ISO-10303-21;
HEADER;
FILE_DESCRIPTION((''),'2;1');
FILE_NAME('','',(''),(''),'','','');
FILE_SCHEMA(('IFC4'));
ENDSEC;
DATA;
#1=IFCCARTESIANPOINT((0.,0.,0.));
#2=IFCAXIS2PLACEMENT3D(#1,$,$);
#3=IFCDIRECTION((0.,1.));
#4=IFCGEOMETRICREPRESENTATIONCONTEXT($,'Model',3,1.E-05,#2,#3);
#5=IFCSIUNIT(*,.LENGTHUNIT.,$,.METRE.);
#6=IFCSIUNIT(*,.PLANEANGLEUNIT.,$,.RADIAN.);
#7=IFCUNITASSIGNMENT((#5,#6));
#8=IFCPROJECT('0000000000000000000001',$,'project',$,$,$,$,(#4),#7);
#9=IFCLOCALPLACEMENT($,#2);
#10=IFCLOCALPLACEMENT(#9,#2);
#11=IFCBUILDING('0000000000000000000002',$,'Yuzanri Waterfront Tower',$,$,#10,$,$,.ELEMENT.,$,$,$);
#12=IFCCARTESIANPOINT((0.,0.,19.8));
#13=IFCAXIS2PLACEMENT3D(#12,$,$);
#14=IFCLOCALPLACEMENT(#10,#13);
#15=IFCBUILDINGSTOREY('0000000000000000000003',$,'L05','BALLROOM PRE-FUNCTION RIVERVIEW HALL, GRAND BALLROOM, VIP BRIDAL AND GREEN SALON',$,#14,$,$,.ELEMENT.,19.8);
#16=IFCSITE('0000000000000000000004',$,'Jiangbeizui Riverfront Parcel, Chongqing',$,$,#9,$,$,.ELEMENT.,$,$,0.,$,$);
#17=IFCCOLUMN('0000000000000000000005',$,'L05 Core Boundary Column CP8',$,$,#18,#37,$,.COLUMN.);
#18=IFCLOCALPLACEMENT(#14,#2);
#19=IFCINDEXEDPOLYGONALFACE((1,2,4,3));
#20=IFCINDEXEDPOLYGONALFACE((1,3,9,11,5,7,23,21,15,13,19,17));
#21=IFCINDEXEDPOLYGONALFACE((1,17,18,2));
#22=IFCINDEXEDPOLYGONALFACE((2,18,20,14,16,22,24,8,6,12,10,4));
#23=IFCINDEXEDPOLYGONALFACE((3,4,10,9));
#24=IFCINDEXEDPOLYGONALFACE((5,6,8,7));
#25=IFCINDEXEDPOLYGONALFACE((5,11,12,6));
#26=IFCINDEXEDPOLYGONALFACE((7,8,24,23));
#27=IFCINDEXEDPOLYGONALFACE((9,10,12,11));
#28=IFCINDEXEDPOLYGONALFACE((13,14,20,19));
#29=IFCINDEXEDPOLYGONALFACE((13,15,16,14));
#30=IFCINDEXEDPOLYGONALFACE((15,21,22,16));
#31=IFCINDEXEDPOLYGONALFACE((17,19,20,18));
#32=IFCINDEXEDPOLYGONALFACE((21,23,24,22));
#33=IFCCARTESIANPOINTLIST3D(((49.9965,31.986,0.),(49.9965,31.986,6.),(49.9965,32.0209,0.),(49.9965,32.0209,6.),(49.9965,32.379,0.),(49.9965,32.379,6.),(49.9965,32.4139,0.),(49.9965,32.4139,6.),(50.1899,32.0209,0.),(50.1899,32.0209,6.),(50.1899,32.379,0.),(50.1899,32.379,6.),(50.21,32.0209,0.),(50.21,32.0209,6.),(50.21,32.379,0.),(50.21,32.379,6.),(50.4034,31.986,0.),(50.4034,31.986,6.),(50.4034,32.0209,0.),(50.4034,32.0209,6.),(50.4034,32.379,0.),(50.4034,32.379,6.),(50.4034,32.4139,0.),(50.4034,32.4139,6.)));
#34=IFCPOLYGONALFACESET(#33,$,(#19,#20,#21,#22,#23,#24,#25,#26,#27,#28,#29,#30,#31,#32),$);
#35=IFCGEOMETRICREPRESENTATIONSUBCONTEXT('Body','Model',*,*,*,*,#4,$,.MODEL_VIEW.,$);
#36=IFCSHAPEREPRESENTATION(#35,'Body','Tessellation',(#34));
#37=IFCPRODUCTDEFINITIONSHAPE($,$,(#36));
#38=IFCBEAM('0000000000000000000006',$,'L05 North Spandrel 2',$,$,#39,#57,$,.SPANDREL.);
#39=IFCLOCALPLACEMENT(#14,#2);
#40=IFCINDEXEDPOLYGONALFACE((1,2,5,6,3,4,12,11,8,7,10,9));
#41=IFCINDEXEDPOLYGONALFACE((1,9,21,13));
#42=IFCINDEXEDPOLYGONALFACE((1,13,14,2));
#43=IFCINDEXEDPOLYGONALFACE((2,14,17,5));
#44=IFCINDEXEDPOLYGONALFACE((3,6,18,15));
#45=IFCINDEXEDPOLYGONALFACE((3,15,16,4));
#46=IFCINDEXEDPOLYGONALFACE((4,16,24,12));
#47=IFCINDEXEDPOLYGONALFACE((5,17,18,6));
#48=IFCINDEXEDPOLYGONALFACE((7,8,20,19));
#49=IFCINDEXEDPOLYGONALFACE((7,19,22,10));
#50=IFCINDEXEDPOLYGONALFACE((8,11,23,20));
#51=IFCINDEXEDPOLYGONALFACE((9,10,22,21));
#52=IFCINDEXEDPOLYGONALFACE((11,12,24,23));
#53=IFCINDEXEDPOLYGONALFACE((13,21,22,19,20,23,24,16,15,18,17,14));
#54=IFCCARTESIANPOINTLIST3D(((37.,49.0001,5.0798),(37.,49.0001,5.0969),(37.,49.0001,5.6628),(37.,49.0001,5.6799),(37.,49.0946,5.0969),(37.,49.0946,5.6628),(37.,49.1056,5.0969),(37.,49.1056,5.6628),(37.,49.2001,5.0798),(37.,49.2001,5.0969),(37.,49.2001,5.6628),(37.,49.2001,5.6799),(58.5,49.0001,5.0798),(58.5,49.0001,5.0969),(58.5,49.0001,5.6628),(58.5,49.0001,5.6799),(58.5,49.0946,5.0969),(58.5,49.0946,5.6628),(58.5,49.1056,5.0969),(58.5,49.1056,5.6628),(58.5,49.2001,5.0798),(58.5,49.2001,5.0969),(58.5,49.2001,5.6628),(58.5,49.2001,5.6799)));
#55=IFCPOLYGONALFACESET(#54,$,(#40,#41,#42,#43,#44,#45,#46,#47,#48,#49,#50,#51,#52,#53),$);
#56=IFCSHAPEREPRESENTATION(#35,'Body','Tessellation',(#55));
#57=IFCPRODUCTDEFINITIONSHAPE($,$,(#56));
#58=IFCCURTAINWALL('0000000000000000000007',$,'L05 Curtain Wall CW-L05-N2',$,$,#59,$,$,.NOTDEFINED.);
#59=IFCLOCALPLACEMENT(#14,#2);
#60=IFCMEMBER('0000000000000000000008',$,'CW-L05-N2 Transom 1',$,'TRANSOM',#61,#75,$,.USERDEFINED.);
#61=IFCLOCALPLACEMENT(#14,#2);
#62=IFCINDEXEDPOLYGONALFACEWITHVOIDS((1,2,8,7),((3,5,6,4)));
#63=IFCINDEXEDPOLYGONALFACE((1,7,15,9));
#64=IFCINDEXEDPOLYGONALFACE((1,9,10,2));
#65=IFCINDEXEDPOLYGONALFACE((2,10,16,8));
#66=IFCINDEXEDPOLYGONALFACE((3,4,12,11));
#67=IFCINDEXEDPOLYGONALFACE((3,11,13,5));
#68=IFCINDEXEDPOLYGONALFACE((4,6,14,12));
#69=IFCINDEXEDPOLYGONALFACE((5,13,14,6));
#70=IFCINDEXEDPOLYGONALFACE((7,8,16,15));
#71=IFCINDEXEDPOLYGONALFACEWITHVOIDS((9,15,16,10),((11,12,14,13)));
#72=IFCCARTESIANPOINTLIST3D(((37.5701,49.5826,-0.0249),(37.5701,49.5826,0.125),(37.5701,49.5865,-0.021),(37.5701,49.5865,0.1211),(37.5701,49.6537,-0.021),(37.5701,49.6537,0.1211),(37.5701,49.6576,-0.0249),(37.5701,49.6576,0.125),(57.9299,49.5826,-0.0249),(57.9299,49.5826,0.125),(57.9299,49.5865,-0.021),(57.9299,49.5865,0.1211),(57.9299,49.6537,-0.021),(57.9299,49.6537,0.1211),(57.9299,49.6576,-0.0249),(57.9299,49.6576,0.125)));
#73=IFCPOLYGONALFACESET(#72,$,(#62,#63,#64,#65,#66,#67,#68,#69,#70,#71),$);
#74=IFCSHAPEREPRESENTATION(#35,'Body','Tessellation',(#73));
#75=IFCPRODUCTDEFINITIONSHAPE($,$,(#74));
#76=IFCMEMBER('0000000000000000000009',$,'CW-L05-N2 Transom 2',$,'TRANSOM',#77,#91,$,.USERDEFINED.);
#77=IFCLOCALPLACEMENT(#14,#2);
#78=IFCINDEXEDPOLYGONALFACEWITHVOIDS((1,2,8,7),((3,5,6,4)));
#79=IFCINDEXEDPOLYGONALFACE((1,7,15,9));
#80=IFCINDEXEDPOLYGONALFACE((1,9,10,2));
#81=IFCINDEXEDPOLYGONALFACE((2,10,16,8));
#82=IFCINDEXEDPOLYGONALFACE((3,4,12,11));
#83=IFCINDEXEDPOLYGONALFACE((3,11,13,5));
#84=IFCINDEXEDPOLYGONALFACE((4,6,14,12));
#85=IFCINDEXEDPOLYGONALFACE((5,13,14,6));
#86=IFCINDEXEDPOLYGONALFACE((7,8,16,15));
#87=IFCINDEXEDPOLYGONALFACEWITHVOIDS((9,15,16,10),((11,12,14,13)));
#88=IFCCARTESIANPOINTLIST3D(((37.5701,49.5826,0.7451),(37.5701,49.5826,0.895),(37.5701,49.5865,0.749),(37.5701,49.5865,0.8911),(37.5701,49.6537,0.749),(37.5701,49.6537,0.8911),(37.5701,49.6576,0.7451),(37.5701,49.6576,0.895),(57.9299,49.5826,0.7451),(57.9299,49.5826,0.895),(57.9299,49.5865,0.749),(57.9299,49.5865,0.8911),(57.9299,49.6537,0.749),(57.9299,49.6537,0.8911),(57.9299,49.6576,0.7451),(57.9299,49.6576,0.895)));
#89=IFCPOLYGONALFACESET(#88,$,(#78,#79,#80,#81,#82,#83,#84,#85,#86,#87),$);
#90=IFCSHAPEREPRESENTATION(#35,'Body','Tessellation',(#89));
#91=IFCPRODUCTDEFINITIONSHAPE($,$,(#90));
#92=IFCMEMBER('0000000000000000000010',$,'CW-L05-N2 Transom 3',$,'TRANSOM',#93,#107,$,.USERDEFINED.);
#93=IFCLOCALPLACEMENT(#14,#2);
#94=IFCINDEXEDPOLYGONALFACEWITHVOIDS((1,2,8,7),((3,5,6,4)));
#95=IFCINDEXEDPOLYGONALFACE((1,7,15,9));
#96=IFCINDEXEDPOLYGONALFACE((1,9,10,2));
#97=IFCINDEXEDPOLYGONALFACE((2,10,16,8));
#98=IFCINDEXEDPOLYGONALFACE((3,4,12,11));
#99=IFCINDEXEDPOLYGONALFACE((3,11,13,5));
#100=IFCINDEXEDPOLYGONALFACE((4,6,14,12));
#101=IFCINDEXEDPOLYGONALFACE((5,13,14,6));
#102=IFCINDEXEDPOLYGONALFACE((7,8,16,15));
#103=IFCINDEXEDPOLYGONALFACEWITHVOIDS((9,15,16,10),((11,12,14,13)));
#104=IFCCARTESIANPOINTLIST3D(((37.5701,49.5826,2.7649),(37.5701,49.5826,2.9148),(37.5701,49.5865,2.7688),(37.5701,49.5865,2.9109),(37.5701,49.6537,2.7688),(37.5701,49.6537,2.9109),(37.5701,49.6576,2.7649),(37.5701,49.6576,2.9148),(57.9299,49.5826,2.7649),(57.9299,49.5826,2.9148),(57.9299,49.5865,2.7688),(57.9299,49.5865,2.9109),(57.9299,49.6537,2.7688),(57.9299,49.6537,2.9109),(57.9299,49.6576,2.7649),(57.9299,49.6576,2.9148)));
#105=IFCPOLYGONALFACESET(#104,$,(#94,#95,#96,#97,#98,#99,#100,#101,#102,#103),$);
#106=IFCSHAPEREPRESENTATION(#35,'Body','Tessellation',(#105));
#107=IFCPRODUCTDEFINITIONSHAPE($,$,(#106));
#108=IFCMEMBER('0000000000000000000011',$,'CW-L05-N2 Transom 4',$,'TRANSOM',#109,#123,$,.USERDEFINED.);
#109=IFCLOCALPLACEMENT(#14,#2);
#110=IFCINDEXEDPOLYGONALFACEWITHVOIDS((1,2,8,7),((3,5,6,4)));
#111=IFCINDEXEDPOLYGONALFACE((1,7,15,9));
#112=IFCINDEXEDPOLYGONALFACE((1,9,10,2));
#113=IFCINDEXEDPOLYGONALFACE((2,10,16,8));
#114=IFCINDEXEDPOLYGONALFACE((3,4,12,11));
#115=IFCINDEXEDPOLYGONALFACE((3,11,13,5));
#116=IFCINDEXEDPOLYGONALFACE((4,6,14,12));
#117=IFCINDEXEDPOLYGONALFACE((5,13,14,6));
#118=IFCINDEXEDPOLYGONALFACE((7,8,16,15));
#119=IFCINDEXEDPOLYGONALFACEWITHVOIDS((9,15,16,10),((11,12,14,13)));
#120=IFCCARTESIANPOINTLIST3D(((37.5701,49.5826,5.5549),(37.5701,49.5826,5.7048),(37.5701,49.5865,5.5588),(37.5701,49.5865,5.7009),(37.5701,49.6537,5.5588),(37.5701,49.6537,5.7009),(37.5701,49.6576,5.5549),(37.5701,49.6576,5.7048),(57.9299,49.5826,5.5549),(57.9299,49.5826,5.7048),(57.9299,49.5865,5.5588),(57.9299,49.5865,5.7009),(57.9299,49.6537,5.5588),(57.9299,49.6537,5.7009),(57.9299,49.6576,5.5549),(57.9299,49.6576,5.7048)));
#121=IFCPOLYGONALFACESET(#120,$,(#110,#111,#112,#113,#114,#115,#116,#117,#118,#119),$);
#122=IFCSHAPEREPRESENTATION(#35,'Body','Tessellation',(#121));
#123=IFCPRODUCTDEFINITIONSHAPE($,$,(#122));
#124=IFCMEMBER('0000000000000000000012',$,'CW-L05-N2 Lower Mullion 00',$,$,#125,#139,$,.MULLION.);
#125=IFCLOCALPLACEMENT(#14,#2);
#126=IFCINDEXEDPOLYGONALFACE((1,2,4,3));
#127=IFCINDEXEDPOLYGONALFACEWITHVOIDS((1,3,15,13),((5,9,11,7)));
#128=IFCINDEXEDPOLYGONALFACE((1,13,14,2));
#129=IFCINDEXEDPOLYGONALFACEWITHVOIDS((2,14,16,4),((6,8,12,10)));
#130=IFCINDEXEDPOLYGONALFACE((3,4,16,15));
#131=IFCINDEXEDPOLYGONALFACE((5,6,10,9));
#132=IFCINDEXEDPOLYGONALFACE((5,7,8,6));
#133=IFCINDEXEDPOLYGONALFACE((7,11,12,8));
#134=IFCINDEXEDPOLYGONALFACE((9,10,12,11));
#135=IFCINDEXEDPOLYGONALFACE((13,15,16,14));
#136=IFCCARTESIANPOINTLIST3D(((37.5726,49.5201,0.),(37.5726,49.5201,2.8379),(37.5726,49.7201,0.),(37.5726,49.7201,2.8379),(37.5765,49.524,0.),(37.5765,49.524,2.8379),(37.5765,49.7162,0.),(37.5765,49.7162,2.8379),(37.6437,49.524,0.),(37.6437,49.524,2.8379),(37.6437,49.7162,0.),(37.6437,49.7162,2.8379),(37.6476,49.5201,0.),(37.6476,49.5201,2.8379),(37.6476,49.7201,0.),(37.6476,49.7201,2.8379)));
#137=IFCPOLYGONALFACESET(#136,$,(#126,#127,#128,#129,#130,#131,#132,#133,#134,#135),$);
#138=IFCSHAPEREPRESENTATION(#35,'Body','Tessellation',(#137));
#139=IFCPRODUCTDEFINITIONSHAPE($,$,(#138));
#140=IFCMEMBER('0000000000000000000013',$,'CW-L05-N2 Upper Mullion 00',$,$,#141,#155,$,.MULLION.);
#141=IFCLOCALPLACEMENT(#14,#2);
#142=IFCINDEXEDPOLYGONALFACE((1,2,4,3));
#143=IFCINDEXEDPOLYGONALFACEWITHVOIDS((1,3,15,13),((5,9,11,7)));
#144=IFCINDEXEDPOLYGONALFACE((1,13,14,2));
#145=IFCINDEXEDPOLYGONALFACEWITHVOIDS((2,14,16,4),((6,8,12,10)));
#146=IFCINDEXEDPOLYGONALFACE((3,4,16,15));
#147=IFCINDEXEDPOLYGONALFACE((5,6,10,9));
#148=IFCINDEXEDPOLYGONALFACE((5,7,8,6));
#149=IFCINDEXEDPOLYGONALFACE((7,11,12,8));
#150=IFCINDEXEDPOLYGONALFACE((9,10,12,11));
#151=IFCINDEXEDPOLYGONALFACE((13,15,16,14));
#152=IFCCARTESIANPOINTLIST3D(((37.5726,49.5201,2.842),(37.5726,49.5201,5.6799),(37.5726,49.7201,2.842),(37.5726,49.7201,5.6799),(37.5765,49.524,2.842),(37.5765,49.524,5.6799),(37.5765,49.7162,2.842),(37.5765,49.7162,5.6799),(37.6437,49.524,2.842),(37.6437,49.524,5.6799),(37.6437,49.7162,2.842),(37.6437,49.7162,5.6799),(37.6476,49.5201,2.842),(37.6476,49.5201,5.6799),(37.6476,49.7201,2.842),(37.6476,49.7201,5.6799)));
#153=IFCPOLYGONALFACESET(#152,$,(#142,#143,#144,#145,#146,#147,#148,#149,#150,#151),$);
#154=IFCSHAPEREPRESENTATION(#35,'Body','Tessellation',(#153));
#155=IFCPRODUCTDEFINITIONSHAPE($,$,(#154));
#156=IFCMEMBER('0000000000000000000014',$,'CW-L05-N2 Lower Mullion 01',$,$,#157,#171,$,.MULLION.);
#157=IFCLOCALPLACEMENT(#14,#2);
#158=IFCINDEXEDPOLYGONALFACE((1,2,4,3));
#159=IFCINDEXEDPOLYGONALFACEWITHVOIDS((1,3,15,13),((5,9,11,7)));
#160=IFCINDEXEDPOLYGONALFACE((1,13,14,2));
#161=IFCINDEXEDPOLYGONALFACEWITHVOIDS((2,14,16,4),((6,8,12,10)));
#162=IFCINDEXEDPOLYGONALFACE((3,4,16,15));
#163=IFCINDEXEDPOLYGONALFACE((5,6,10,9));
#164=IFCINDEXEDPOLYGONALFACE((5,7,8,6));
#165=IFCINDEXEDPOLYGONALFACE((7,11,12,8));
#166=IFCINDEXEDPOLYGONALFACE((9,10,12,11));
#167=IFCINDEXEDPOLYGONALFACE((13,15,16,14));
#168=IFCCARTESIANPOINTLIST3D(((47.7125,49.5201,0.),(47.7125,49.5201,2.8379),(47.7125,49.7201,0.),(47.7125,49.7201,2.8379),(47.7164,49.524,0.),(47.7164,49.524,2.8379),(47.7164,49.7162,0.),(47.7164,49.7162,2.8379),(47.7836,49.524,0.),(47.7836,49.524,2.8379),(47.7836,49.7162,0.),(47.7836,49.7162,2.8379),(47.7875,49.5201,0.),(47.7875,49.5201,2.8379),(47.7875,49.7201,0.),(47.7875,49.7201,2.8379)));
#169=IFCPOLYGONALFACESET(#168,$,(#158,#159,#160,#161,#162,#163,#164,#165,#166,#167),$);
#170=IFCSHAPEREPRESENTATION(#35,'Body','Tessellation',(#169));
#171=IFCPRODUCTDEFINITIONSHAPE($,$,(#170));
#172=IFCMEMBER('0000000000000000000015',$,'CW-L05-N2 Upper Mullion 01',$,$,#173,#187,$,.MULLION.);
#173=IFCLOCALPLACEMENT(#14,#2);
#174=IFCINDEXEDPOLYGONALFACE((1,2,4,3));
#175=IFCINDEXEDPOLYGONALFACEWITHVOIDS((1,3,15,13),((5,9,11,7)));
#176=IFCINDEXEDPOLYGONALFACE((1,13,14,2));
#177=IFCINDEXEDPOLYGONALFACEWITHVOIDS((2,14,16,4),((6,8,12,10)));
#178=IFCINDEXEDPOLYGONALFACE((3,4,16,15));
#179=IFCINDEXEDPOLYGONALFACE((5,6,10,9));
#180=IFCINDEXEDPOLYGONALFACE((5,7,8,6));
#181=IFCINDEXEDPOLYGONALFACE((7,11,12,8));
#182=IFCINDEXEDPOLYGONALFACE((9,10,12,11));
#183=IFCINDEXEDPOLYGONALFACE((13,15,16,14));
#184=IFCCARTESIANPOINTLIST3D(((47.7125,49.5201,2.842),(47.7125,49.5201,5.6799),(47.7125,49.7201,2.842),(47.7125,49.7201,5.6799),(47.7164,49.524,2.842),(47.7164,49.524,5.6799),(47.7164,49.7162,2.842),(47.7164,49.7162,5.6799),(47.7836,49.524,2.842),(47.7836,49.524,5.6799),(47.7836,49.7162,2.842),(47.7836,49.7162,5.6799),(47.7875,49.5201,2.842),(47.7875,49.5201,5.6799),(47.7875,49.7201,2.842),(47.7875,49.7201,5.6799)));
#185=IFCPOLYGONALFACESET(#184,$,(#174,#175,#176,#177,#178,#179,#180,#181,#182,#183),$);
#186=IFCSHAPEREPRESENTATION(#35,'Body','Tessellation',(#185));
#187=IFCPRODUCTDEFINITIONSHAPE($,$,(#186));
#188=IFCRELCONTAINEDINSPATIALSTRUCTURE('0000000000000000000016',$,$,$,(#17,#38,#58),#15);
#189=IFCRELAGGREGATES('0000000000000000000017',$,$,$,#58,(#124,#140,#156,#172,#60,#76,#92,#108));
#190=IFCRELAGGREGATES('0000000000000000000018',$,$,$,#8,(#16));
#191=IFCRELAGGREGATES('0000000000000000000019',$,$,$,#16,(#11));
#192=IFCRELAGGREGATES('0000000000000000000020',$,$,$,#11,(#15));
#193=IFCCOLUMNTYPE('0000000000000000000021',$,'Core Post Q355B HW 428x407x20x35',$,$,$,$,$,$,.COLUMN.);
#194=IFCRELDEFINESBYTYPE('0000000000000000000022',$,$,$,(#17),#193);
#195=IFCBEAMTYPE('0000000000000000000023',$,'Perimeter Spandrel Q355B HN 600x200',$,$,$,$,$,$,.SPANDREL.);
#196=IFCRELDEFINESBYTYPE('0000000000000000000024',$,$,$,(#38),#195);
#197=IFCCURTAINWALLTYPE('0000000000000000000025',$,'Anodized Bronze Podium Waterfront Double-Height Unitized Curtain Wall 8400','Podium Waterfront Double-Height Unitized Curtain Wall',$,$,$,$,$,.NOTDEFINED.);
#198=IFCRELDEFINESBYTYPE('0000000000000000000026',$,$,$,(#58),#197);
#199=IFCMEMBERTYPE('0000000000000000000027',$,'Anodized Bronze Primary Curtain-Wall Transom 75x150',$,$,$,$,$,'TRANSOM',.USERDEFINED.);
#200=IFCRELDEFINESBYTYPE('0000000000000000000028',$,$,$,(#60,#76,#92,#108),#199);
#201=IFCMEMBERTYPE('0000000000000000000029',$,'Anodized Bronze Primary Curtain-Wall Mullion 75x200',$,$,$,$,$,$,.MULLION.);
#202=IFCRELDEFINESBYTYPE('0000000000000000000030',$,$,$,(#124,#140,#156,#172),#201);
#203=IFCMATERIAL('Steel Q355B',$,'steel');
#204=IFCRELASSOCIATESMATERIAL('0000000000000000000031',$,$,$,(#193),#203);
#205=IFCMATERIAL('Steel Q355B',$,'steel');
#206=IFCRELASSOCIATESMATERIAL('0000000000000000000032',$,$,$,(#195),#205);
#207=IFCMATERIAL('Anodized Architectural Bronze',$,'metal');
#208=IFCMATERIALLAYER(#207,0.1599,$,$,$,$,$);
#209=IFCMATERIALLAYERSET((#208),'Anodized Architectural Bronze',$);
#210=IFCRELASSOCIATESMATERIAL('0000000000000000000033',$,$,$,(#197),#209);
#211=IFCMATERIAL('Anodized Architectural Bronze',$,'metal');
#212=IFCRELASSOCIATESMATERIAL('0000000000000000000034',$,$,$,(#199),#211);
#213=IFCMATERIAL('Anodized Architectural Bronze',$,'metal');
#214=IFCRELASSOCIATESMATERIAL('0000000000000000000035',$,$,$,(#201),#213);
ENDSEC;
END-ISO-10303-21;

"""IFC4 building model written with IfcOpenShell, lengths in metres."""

from ifc_helpers import new_model, si_unit, direction, frame, origin, origin_2d, place, context, subcontext, project, spatial, hollow_rectangle, i_section, extrude, source, transform, mapped, material, layer, layer_set, material_profile, profile_set, type_object, element, aggregate, save


model = new_model("IFC4")

# Units and contexts
model_context = context("Model", 3, precision=1e-05, world=origin(), true_north=direction((0.0, 1.0)))
body_context = subcontext(model_context, "Body", "Model", "MODEL_VIEW")
ifc_project = project(units=[si_unit("LENGTHUNIT", "METRE"), si_unit("PLANEANGLEUNIT", "RADIAN")], contexts=[model_context])

# Site, building, storey
site_placement = place(None, origin())
site = spatial("IfcSite", under=ifc_project, at=site_placement, Name="Jiangbeizui Riverfront Parcel, Chongqing", CompositionType="ELEMENT", RefElevation=0.0)
building_placement = place(site_placement, origin())
building = spatial("IfcBuilding", under=site, at=building_placement, Name="Yuzanri Waterfront Tower", CompositionType="ELEMENT")
storey_placement = place(building_placement, frame((0.0, 0.0, 19.8)))
storey = spatial("IfcBuildingStorey", under=building, at=storey_placement, Name="L05", Description="BALLROOM PRE-FUNCTION RIVERVIEW HALL, GRAND BALLROOM, VIP BRIDAL AND GREEN SALON", CompositionType="ELEMENT", Elevation=19.8)

# Column
ifc_material_1 = material(Name="Steel Q355B", Category="steel")
ifc_material_profile_1 = material_profile(ifc_material_1, i_section(OverallWidth=0.407, OverallDepth=0.428, WebThickness=0.02, FlangeThickness=0.0349, at=origin_2d()), Name="HW 428x407x20x35")
ifc_profile_set_1 = profile_set([ifc_material_profile_1], Name="Steel Q355B")
column_type = type_object("IfcColumnType", Name="Core Post Q355B HW 428x407x20x35", PredefinedType="COLUMN", material=ifc_profile_set_1)
shared_shape_1 = source(origin(), body_context, "Body", "SweptSolid", [
    extrude(i_section(OverallWidth=0.407, OverallDepth=0.428, WebThickness=0.02, FlangeThickness=0.0349, at=origin_2d()), origin(), (0.0, 0.0, 1.0), 6.0),
])
column_placement = place(storey_placement, frame((50.2, 32.2, 0.0), z_axis=(0.0, 0.0, 1.0), x_axis=(1.0, 0.0, 0.0)))
element("IfcColumn", 1, at=column_placement, inside=storey, type_object=column_type, Name="L05 Core Boundary Column CP8", PredefinedType="COLUMN", context=body_context, shape_type="MappedRepresentation", body=[
    mapped(shared_shape_1, transform((0.0, 0.0, 0.0), scale=1.0)),
])

# Beam
ifc_material_2 = material(Name="Steel Q355B", Category="steel")
ifc_material_profile_2 = material_profile(ifc_material_2, i_section(OverallWidth=0.2, OverallDepth=0.6001, WebThickness=0.011, FlangeThickness=0.0171, at=origin_2d()), Name="HN 600x200x11x17")
ifc_profile_set_2 = profile_set([ifc_material_profile_2], Name="Steel Q355B")
beam_type = type_object("IfcBeamType", Name="Perimeter Spandrel Q355B HN 600x200", PredefinedType="SPANDREL", material=ifc_profile_set_2)
shared_shape_2 = source(origin(), body_context, "Body", "SweptSolid", [
    extrude(i_section(OverallWidth=0.2, OverallDepth=0.6001, WebThickness=0.011, FlangeThickness=0.0171, at=origin_2d()), origin(), (0.0, 0.0, 1.0), 21.5),
])
beam_placement = place(storey_placement, frame((37.0, 49.1001, 5.3799), z_axis=(1.0, 0.0, 0.0), x_axis=(0.0, 1.0, 0.0)))
element("IfcBeam", 2, at=beam_placement, inside=storey, type_object=beam_type, Name="L05 North Spandrel 2", PredefinedType="SPANDREL", context=body_context, shape_type="MappedRepresentation", body=[
    mapped(shared_shape_2, transform((0.0, 0.0, 0.0), scale=1.0)),
])

# Curtain wall, members
ifc_material_3 = material(Name="Anodized Architectural Bronze", Category="metal")
ifc_layer_1 = layer(ifc_material_3, 0.1599)
ifc_layer_set_1 = layer_set([ifc_layer_1], Name="Anodized Architectural Bronze")
curtain_wall_type = type_object("IfcCurtainWallType", Name="Anodized Bronze Podium Waterfront Double-Height Unitized Curtain Wall 8400", Description="Podium Waterfront Double-Height Unitized Curtain Wall", PredefinedType="NOTDEFINED", material=ifc_layer_set_1)
curtain_wall_placement = place(storey_placement, origin())
curtain_wall = element("IfcCurtainWall", 3, at=curtain_wall_placement, inside=storey, type_object=curtain_wall_type, Name="L05 Curtain Wall CW-L05-N2", PredefinedType="NOTDEFINED")
ifc_material_4 = material(Name="Anodized Architectural Bronze", Category="metal")
ifc_material_profile_3 = material_profile(ifc_material_4, hollow_rectangle(XDim=0.075, YDim=0.1499, WallThickness=0.0039, at=origin_2d()), Name="CWT 75x150")
ifc_profile_set_3 = profile_set([ifc_material_profile_3], Name="Anodized Architectural Bronze")
member_type_1 = type_object("IfcMemberType", Name="Anodized Bronze Primary Curtain-Wall Transom 75x150", ElementType="TRANSOM", PredefinedType="USERDEFINED", material=ifc_profile_set_3)
shared_shape_3 = source(origin(), body_context, "Body", "SweptSolid", [
    extrude(hollow_rectangle(XDim=0.075, YDim=0.1499, WallThickness=0.0039, at=origin_2d()), origin(), (0.0, 0.0, 1.0), 20.3599),
])
member_1_placement = place(storey_placement, frame((37.5701, 49.6201, 0.05), z_axis=(1.0, 0.0, 0.0), x_axis=(0.0, 1.0, 0.0)))
member_1 = element("IfcMember", 4, at=member_1_placement, type_object=member_type_1, Name="CW-L05-N2 Transom 1", ObjectType="TRANSOM", PredefinedType="USERDEFINED", context=body_context, shape_type="MappedRepresentation", body=[
    mapped(shared_shape_3, transform((0.0, 0.0, 0.0), scale=1.0)),
])
member_2_placement = place(storey_placement, frame((37.5701, 49.6201, 0.8201), z_axis=(1.0, 0.0, 0.0), x_axis=(0.0, 1.0, 0.0)))
member_2 = element("IfcMember", 5, at=member_2_placement, type_object=member_type_1, Name="CW-L05-N2 Transom 2", ObjectType="TRANSOM", PredefinedType="USERDEFINED", context=body_context, shape_type="MappedRepresentation", body=[
    mapped(shared_shape_3, transform((0.0, 0.0, 0.0), scale=1.0)),
])
member_3_placement = place(storey_placement, frame((37.5701, 49.6201, 2.8398), z_axis=(1.0, 0.0, 0.0), x_axis=(0.0, 1.0, 0.0)))
member_3 = element("IfcMember", 6, at=member_3_placement, type_object=member_type_1, Name="CW-L05-N2 Transom 3", ObjectType="TRANSOM", PredefinedType="USERDEFINED", context=body_context, shape_type="MappedRepresentation", body=[
    mapped(shared_shape_3, transform((0.0, 0.0, 0.0), scale=1.0)),
])
member_4_placement = place(storey_placement, frame((37.5701, 49.6201, 5.6299), z_axis=(1.0, 0.0, 0.0), x_axis=(0.0, 1.0, 0.0)))
member_4 = element("IfcMember", 7, at=member_4_placement, type_object=member_type_1, Name="CW-L05-N2 Transom 4", ObjectType="TRANSOM", PredefinedType="USERDEFINED", context=body_context, shape_type="MappedRepresentation", body=[
    mapped(shared_shape_3, transform((0.0, 0.0, 0.0), scale=1.0)),
])
ifc_material_5 = material(Name="Anodized Architectural Bronze", Category="metal")
ifc_material_profile_4 = material_profile(ifc_material_5, hollow_rectangle(XDim=0.075, YDim=0.2, WallThickness=0.0039, at=origin_2d()), Name="CWM 75x200")
ifc_profile_set_4 = profile_set([ifc_material_profile_4], Name="Anodized Architectural Bronze")
member_type_2 = type_object("IfcMemberType", Name="Anodized Bronze Primary Curtain-Wall Mullion 75x200", PredefinedType="MULLION", material=ifc_profile_set_4)
shared_shape_4 = source(origin(), body_context, "Body", "SweptSolid", [
    extrude(hollow_rectangle(XDim=0.075, YDim=0.2, WallThickness=0.0039, at=origin_2d()), origin(), (0.0, 0.0, 1.0), 2.8379),
])
member_5_placement = place(storey_placement, frame((37.6101, 49.6201, 0.0), z_axis=(0.0, 0.0, 1.0), x_axis=(1.0, 0.0, 0.0)))
member_5 = element("IfcMember", 8, at=member_5_placement, type_object=member_type_2, Name="CW-L05-N2 Lower Mullion 00", PredefinedType="MULLION", context=body_context, shape_type="MappedRepresentation", body=[
    mapped(shared_shape_4, transform((0.0, 0.0, 0.0), scale=1.0)),
])
member_6_placement = place(storey_placement, frame((37.6101, 49.6201, 2.842), z_axis=(0.0, 0.0, 1.0), x_axis=(1.0, 0.0, 0.0)))
member_6 = element("IfcMember", 9, at=member_6_placement, type_object=member_type_2, Name="CW-L05-N2 Upper Mullion 00", PredefinedType="MULLION", context=body_context, shape_type="MappedRepresentation", body=[
    mapped(shared_shape_4, transform((0.0, 0.0, 0.0), scale=1.0)),
])
member_7_placement = place(storey_placement, frame((47.75, 49.6201, 0.0), z_axis=(0.0, 0.0, 1.0), x_axis=(1.0, 0.0, 0.0)))
member_7 = element("IfcMember", 10, at=member_7_placement, type_object=member_type_2, Name="CW-L05-N2 Lower Mullion 01", PredefinedType="MULLION", context=body_context, shape_type="MappedRepresentation", body=[
    mapped(shared_shape_4, transform((0.0, 0.0, 0.0), scale=1.0)),
])
member_8_placement = place(storey_placement, frame((47.75, 49.6201, 2.842), z_axis=(0.0, 0.0, 1.0), x_axis=(1.0, 0.0, 0.0)))
member_8 = element("IfcMember", 11, at=member_8_placement, type_object=member_type_2, Name="CW-L05-N2 Upper Mullion 01", PredefinedType="MULLION", context=body_context, shape_type="MappedRepresentation", body=[
    mapped(shared_shape_4, transform((0.0, 0.0, 0.0), scale=1.0)),
])
aggregate(curtain_wall, [member_5, member_6, member_7, member_8, member_1, member_2, member_3, member_4])

save(model, "model.ifc")
